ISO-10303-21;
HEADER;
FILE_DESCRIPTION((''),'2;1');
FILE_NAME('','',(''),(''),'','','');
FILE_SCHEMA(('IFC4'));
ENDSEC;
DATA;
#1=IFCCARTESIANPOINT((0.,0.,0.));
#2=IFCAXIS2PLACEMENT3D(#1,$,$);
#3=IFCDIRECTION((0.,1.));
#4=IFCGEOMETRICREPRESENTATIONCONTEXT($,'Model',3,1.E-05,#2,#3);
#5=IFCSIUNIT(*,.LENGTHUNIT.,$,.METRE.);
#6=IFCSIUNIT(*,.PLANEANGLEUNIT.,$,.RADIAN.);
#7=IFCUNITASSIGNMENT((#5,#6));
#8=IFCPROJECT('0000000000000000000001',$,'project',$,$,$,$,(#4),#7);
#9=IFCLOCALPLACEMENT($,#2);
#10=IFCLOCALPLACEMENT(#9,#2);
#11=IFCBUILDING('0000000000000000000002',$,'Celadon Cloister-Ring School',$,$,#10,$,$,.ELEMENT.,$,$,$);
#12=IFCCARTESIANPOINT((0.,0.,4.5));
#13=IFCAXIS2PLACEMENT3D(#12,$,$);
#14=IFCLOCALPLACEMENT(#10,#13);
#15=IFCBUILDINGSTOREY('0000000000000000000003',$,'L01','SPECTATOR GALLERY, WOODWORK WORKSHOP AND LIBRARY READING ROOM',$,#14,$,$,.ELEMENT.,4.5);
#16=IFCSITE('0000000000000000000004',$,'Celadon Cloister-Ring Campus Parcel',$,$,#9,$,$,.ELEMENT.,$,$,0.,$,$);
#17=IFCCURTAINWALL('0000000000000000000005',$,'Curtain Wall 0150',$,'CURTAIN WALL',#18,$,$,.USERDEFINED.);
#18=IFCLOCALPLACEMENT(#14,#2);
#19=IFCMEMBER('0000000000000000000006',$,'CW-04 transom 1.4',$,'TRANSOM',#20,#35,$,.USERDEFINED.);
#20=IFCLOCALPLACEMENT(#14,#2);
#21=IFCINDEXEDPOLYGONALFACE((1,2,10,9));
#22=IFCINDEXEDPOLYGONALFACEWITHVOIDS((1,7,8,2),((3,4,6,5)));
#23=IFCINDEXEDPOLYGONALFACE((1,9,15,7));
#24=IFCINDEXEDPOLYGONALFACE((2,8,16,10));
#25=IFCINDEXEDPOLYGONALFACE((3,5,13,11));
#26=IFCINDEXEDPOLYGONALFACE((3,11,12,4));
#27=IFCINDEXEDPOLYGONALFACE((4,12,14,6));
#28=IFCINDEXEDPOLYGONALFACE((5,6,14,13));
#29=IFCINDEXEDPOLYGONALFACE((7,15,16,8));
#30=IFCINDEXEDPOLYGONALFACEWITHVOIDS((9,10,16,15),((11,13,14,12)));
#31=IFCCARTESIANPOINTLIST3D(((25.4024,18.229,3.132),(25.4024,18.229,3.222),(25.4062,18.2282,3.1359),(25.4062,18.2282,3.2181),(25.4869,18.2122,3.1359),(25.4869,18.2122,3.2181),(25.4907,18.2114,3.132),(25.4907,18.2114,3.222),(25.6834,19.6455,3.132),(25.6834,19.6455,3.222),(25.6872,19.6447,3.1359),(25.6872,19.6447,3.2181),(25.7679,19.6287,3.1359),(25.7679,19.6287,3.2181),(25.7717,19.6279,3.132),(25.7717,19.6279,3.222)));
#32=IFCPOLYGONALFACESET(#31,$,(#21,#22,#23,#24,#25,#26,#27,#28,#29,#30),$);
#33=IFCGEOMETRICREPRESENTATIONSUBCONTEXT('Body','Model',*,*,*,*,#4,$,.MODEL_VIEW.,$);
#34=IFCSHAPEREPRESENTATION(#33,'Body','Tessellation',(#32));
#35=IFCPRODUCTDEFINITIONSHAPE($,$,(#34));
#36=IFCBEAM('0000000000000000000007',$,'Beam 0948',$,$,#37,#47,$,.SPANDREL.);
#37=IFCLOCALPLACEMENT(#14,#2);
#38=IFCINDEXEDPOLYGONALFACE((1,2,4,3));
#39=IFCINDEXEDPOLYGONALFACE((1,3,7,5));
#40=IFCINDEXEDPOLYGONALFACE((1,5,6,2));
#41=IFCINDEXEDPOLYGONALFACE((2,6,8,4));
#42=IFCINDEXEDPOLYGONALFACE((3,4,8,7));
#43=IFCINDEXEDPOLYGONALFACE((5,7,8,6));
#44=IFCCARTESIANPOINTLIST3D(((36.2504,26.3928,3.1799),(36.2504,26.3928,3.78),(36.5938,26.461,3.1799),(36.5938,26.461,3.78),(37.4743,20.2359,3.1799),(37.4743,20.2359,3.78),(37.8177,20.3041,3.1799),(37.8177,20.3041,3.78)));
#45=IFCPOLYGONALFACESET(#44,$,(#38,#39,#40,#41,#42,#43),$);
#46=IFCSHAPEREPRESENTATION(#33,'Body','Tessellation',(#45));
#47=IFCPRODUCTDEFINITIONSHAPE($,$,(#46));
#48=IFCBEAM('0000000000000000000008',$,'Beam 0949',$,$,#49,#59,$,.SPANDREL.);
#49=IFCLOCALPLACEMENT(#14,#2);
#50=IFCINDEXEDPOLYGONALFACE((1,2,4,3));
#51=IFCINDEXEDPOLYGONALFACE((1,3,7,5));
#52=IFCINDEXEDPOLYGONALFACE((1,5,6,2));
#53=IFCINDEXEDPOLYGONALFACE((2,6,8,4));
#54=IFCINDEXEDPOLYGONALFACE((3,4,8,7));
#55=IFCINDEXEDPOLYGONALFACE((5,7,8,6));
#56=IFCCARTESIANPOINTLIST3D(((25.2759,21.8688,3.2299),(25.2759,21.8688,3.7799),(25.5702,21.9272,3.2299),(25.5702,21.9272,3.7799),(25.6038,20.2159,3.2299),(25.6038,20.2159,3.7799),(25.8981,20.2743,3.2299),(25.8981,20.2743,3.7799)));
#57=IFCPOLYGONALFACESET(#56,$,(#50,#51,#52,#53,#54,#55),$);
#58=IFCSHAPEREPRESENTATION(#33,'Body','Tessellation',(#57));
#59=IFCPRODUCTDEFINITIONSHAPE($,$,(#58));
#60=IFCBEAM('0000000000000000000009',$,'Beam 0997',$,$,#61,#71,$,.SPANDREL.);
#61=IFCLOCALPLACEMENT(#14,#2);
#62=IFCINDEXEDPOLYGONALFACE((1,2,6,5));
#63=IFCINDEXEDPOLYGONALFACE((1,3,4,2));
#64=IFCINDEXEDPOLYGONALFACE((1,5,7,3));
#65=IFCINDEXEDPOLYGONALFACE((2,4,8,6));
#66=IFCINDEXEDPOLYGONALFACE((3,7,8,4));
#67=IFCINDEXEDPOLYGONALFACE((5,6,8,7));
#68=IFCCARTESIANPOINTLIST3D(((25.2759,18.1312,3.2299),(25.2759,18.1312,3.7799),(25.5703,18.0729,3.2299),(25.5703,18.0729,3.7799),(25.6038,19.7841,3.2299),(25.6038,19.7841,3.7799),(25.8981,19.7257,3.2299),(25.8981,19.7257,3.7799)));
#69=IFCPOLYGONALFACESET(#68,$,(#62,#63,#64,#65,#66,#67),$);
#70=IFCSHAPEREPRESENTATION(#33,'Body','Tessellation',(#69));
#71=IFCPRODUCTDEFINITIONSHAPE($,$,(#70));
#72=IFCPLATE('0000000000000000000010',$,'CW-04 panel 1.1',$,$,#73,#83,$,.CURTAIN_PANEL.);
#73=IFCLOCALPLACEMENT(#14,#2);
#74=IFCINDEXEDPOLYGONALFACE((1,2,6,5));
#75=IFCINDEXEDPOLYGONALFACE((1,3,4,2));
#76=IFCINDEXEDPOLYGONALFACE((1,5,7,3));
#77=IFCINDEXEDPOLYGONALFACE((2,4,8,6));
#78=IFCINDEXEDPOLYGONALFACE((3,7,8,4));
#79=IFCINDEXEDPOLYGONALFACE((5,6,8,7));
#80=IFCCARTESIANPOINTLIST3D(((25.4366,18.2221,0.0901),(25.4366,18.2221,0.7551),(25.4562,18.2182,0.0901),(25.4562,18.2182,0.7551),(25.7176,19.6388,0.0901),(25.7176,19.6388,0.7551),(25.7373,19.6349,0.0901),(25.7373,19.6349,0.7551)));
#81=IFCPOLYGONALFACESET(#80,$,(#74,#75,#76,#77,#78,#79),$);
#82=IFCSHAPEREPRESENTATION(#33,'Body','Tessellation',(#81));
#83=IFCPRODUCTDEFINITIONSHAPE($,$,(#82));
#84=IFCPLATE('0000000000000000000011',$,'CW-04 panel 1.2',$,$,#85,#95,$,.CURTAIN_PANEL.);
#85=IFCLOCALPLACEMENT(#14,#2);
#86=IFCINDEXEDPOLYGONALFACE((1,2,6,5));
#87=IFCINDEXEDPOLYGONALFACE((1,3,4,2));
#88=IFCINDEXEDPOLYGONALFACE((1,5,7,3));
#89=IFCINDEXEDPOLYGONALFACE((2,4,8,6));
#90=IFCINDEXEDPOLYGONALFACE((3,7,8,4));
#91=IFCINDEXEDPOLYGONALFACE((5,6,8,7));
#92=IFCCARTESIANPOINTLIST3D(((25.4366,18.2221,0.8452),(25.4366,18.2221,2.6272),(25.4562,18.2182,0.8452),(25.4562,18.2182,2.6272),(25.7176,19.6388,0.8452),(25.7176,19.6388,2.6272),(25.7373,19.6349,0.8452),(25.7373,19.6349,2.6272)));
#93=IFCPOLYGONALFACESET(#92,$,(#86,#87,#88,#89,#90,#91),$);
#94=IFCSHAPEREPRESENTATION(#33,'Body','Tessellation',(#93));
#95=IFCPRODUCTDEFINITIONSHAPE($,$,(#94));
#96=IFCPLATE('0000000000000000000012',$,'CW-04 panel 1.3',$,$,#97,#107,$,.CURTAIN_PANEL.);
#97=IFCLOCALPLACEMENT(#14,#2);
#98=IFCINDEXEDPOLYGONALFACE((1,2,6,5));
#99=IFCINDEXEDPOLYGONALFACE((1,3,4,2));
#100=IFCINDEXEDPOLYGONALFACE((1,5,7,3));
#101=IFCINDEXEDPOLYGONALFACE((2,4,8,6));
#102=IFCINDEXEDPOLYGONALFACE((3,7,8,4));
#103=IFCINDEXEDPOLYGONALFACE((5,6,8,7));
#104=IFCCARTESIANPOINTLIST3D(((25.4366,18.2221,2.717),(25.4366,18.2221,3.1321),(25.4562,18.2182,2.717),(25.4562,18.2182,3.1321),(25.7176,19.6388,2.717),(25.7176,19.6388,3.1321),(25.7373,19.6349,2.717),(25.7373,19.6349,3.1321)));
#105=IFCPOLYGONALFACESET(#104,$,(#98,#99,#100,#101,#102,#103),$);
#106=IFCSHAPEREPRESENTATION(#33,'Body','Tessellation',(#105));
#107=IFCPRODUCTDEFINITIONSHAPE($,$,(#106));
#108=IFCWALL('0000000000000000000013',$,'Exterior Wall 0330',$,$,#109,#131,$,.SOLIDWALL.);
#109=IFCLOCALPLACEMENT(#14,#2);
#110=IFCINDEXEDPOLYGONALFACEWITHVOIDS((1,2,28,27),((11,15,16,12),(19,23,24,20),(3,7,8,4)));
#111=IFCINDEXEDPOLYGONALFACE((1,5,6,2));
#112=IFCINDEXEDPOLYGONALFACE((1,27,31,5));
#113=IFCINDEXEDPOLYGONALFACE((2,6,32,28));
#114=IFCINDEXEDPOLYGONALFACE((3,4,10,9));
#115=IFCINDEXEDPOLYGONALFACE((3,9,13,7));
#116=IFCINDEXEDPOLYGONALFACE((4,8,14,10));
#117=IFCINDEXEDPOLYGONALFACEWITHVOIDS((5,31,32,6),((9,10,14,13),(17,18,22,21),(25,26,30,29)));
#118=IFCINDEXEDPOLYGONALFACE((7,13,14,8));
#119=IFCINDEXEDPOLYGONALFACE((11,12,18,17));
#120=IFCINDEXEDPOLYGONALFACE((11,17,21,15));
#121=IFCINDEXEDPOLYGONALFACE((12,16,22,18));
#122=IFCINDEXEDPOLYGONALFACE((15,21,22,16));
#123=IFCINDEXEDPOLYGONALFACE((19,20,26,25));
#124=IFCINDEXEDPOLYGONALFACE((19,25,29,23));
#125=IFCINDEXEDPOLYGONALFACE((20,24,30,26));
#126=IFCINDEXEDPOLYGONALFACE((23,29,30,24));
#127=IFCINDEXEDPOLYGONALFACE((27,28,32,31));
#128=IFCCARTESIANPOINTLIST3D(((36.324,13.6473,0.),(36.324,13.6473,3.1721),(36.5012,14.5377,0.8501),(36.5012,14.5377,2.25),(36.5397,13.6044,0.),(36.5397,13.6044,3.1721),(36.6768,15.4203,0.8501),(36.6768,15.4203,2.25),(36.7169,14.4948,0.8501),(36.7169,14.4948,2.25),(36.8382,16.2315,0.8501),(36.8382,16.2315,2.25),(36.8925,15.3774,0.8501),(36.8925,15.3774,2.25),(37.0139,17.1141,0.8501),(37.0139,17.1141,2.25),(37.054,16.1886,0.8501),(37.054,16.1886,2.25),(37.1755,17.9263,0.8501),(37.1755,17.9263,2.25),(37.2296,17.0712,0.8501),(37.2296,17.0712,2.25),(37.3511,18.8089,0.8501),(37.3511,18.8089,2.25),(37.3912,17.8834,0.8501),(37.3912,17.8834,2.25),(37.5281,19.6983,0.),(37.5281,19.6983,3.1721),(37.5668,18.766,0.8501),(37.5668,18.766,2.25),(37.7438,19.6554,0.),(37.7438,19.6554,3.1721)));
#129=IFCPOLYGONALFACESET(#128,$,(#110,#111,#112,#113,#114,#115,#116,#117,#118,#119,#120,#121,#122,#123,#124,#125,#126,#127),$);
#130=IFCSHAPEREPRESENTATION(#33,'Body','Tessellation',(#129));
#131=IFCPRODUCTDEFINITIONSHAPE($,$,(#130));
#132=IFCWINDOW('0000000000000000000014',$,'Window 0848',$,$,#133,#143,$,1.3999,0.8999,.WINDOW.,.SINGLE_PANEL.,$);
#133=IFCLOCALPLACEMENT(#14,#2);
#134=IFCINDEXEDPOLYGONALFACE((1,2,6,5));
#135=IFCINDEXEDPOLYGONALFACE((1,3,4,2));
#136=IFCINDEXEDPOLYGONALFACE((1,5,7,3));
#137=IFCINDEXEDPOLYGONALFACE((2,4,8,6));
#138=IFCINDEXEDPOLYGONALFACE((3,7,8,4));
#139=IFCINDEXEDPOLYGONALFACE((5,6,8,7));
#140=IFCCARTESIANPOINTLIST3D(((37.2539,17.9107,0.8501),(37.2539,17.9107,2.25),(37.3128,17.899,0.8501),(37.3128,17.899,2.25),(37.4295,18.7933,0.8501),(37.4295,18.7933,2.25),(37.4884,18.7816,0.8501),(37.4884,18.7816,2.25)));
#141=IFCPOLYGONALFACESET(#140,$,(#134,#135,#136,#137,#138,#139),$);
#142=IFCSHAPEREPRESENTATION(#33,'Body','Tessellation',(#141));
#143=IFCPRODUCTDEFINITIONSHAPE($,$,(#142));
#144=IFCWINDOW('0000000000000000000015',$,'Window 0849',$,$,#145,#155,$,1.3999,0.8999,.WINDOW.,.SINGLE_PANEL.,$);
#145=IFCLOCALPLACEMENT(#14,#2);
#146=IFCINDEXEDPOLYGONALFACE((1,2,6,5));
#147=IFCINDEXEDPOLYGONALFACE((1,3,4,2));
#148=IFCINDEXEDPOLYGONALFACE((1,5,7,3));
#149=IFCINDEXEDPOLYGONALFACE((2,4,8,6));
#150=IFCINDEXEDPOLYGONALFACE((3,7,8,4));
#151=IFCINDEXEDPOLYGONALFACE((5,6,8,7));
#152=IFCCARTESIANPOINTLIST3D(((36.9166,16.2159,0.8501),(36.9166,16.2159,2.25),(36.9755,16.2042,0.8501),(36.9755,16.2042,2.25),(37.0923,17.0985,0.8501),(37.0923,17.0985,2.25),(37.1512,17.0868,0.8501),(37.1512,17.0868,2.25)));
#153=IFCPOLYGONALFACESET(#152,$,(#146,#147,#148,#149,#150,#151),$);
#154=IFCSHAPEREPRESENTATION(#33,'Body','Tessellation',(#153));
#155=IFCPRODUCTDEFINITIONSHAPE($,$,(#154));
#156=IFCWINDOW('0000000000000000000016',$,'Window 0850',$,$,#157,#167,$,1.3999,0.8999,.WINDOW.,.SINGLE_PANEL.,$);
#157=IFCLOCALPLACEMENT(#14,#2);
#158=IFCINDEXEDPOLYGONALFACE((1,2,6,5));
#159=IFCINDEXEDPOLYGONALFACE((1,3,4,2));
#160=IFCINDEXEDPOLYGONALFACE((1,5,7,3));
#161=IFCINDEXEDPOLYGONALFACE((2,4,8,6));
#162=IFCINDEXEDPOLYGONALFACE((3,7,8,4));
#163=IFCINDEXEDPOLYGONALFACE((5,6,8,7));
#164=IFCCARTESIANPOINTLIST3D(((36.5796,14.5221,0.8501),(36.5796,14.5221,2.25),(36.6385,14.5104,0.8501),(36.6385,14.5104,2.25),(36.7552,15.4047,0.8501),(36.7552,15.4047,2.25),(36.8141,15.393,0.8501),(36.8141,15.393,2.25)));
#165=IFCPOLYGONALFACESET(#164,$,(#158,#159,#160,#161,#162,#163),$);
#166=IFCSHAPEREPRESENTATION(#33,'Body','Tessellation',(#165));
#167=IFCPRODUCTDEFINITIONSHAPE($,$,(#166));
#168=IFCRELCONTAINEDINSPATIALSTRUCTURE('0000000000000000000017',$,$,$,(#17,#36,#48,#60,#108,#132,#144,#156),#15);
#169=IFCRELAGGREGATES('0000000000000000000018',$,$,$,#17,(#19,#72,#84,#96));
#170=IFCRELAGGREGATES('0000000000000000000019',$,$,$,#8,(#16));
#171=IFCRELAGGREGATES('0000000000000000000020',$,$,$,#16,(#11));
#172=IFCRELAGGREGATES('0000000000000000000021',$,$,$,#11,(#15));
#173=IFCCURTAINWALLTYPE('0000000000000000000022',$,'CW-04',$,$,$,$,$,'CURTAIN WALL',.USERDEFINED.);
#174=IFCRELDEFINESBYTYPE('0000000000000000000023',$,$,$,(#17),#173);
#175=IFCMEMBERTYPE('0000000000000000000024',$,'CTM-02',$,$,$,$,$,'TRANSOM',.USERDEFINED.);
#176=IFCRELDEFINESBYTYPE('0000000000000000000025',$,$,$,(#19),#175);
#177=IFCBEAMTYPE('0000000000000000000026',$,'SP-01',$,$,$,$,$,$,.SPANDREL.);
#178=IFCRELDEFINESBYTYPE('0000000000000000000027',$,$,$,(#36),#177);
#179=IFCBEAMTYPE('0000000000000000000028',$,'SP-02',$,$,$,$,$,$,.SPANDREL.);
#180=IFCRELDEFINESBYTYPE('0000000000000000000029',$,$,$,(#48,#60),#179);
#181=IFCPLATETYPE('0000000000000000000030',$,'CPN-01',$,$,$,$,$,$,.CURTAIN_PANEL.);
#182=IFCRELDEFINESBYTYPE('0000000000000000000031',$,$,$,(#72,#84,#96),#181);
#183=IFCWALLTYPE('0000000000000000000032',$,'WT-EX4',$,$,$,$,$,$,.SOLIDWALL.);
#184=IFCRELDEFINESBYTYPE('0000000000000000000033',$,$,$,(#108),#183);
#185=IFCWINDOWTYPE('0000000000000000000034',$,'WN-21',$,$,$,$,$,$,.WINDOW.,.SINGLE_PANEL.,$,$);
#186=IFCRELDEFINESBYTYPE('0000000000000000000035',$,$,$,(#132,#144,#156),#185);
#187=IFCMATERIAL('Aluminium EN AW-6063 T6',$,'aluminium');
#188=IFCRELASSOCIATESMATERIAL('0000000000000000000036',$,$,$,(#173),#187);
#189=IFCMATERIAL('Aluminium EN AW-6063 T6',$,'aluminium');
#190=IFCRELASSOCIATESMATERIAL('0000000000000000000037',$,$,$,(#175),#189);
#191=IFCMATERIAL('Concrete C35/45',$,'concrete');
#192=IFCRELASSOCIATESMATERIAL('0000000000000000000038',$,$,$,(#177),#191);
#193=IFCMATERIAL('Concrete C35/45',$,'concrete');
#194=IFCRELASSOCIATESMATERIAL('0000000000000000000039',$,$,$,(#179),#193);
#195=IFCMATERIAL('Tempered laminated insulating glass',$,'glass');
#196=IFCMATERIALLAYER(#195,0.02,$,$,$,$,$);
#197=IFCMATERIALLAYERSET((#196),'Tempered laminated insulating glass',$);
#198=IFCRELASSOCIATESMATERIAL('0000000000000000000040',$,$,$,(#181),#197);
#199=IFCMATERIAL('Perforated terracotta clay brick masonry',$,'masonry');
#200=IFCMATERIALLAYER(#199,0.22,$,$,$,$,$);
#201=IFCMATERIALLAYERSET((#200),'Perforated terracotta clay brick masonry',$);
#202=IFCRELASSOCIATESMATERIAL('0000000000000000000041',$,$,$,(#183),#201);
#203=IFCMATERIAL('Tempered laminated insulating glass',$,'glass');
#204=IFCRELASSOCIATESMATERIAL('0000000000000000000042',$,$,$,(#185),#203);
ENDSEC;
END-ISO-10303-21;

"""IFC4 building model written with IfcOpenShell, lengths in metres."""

from ifc_helpers import new_model, si_unit, direction, frame, frame_2d, origin, origin_2d, place, context, subcontext, project, spatial, rectangle, hollow_rectangle, extrude, material, layer, layer_set, material_profile, profile_set, type_object, element, fill, aggregate, save


model = new_model("IFC4")

# Units and contexts
model_context = context("Model", 3, precision=1e-05, world=origin(), true_north=direction((0.0, 1.0)))
body_context = subcontext(model_context, "Body", "Model", "MODEL_VIEW")
ifc_project = project(units=[si_unit("LENGTHUNIT", "METRE"), si_unit("PLANEANGLEUNIT", "RADIAN")], contexts=[model_context])

# Site, building, storey
site_placement = place(None, origin())
site = spatial("IfcSite", under=ifc_project, at=site_placement, Name="Celadon Cloister-Ring Campus Parcel", CompositionType="ELEMENT", RefElevation=0.0)
building_placement = place(site_placement, origin())
building = spatial("IfcBuilding", under=site, at=building_placement, Name="Celadon Cloister-Ring School", CompositionType="ELEMENT")
storey_placement = place(building_placement, frame((0.0, 0.0, 4.5)))
storey = spatial("IfcBuildingStorey", under=building, at=storey_placement, Name="L01", Description="SPECTATOR GALLERY, WOODWORK WORKSHOP AND LIBRARY READING ROOM", CompositionType="ELEMENT", Elevation=4.5)

# Curtain wall, member
ifc_material_1 = material(Name="Aluminium EN AW-6063 T6", Category="aluminium")
curtain_wall_type = type_object("IfcCurtainWallType", Name="CW-04", ElementType="CURTAIN WALL", PredefinedType="USERDEFINED", material=ifc_material_1)
curtain_wall_placement = place(storey_placement, origin())
curtain_wall = element("IfcCurtainWall", 1, at=curtain_wall_placement, inside=storey, type_object=curtain_wall_type, Name="Curtain Wall 0150", ObjectType="CURTAIN WALL", PredefinedType="USERDEFINED")
ifc_material_2 = material(Name="Aluminium EN AW-6063 T6", Category="aluminium")
ifc_material_profile_1 = material_profile(ifc_material_2, hollow_rectangle(XDim=0.0901, YDim=0.0901, WallThickness=0.0039, at=origin_2d()), Name="RHS90X90X4")
ifc_profile_set_1 = profile_set([ifc_material_profile_1], Name="Aluminium EN AW-6063 T6")
member_type_1 = type_object("IfcMemberType", Name="CTM-02", ElementType="TRANSOM", PredefinedType="USERDEFINED", material=ifc_profile_set_1)
member_1_placement = place(storey_placement, frame((25.4465, 18.2202, 3.177), z_axis=(0.194588, 0.980885, 0.0), x_axis=(-0.980885, 0.194588, 0.0)))
member_1 = element("IfcMember", 2, at=member_1_placement, type_object=member_type_1, Name="CW-04 transom 1.4", ObjectType="TRANSOM", PredefinedType="USERDEFINED", context=body_context, shape_type="SweptSolid", body=[
    extrude(hollow_rectangle(XDim=0.0901, YDim=0.0901, WallThickness=0.0039, at=origin_2d()), origin(), (0.0, 0.0, 1.0), 1.4441),
])

# Beams
ifc_material_3 = material(Name="Concrete C35/45", Category="concrete")
ifc_material_profile_2 = material_profile(ifc_material_3, rectangle(XDim=0.3501, YDim=0.6001, at=origin_2d()), Name="RC350X600")
ifc_profile_set_2 = profile_set([ifc_material_profile_2], Name="Concrete C35/45")
beam_type_1 = type_object("IfcBeamType", Name="SP-01", PredefinedType="SPANDREL", material=ifc_profile_set_2)
beam_1_placement = place(storey_placement, frame((37.646, 20.27, 3.48), z_axis=(-0.194964, 0.98081, 0.0), x_axis=(-0.98081, -0.194964, 0.0)))
element("IfcBeam", 3, at=beam_1_placement, inside=storey, type_object=beam_type_1, Name="Beam 0948", PredefinedType="SPANDREL", context=body_context, shape_type="SweptSolid", body=[
    extrude(rectangle(XDim=0.3501, YDim=0.6001, at=origin_2d()), origin(), (0.0, 0.0, 1.0), 6.2773),
])
ifc_material_4 = material(Name="Concrete C35/45", Category="concrete")
ifc_material_profile_3 = material_profile(ifc_material_4, rectangle(XDim=0.3, YDim=0.55, at=origin_2d()), Name="RC300X550")
ifc_profile_set_3 = profile_set([ifc_material_profile_3], Name="Concrete C35/45")
beam_type_2 = type_object("IfcBeamType", Name="SP-02", PredefinedType="SPANDREL", material=ifc_profile_set_3)
for number, where, z_axis, x_axis, name in (
    (4, (25.751, 20.2451, 3.5049), (-0.194583, 0.980886, 0.0), (-0.980886, -0.194583, 0.0), "Beam 0949"),
    (5, (25.4231, 18.1021, 3.5049), (0.194583, 0.980886, 0.0), (-0.980886, 0.194583, 0.0), "Beam 0997"),
):
    element("IfcBeam", number, at=place(storey_placement, frame(where, z_axis=z_axis, x_axis=x_axis)), inside=storey, type_object=beam_type_2, Name=name, PredefinedType="SPANDREL", context=body_context, shape_type="SweptSolid", body=[
        extrude(rectangle(XDim=0.3, YDim=0.55, at=origin_2d()), origin(), (0.0, 0.0, 1.0), 1.6851),
    ])

# Plates
ifc_material_5 = material(Name="Tempered laminated insulating glass", Category="glass")
ifc_layer_1 = layer(ifc_material_5, 0.02)
ifc_layer_set_1 = layer_set([ifc_layer_1], Name="Tempered laminated insulating glass")
plate_type = type_object("IfcPlateType", Name="CPN-01", PredefinedType="CURTAIN_PANEL", material=ifc_layer_set_1)
plate_1_placement = place(storey_placement, frame((25.5869, 18.9285, 0.0901), z_axis=(0.0, 0.0, 1.0), x_axis=(0.194586, 0.980885, 0.0)))
plate_1 = element("IfcPlate", 6, at=plate_1_placement, type_object=plate_type, Name="CW-04 panel 1.1", PredefinedType="CURTAIN_PANEL", context=body_context, shape_type="SweptSolid", body=[
    extrude(rectangle(XDim=1.4443, YDim=0.02, at=origin_2d()), origin(), (0.0, 0.0, 1.0), 0.665),
])
plate_2_placement = place(storey_placement, frame((25.5869, 18.9285, 0.8452), z_axis=(0.0, 0.0, 1.0), x_axis=(0.194586, 0.980885, 0.0)))
plate_2 = element("IfcPlate", 7, at=plate_2_placement, type_object=plate_type, Name="CW-04 panel 1.2", PredefinedType="CURTAIN_PANEL", context=body_context, shape_type="SweptSolid", body=[
    extrude(rectangle(XDim=1.4443, YDim=0.02, at=origin_2d()), origin(), (0.0, 0.0, 1.0), 1.782),
])
plate_3_placement = place(storey_placement, frame((25.5869, 18.9285, 2.717), z_axis=(0.0, 0.0, 1.0), x_axis=(0.194586, 0.980885, 0.0)))
plate_3 = element("IfcPlate", 8, at=plate_3_placement, type_object=plate_type, Name="CW-04 panel 1.3", PredefinedType="CURTAIN_PANEL", context=body_context, shape_type="SweptSolid", body=[
    extrude(rectangle(XDim=1.4443, YDim=0.02, at=origin_2d()), origin(), (0.0, 0.0, 1.0), 0.415),
])
aggregate(curtain_wall, [member_1, plate_1, plate_2, plate_3])

# Wall, openings, windows
ifc_material_6 = material(Name="Perforated terracotta clay brick masonry", Category="masonry")
ifc_layer_2 = layer(ifc_material_6, 0.22)
ifc_layer_set_2 = layer_set([ifc_layer_2], Name="Perforated terracotta clay brick masonry")
wall_type_1 = type_object("IfcWallType", Name="WT-EX4", PredefinedType="SOLIDWALL", material=ifc_layer_set_2)
wall_1_placement = place(storey_placement, frame((37.636, 19.677, 0.0), z_axis=(0.0, 0.0, 1.0), x_axis=(-0.195165, -0.98077, 0.0)))
wall_1 = element("IfcWall", 9, at=wall_1_placement, inside=storey, type_object=wall_type_1, Name="Exterior Wall 0330", PredefinedType="SOLIDWALL", context=body_context, shape_type="SweptSolid", body=[
    extrude(rectangle(XDim=6.1697, YDim=0.22, at=frame_2d((3.085, 0.0))), origin(), (0.0, 0.0, 1.0), 3.1721),
])
opening_1_placement = place(wall_1_placement, frame((0.907, 0.0, 0.8501)))
opening_1 = element("IfcOpeningElement", 10, at=opening_1_placement, cuts=wall_1, PredefinedType="OPENING", context=body_context, shape_type="SweptSolid", body=[
    extrude(rectangle(XDim=0.8999, YDim=1.3999, at=frame_2d((0.45, 0.7))), frame((0.0, 0.1201, 0.0), z_axis=(0.0, -1.0, 0.0), x_axis=(1.0, 0.0, 0.0)), (0.0, 0.0, 1.0), 0.24),
])
opening_2_placement = place(wall_1_placement, frame((2.635, 0.0, 0.8501)))
opening_2 = element("IfcOpeningElement", 11, at=opening_2_placement, cuts=wall_1, PredefinedType="OPENING", context=body_context, shape_type="SweptSolid", body=[
    extrude(rectangle(XDim=0.8999, YDim=1.3999, at=frame_2d((0.45, 0.7))), frame((0.0, 0.1201, 0.0), z_axis=(0.0, -1.0, 0.0), x_axis=(1.0, 0.0, 0.0)), (0.0, 0.0, 1.0), 0.24),
])
opening_3_placement = place(wall_1_placement, frame((4.3621, 0.0, 0.8501)))
opening_3 = element("IfcOpeningElement", 12, at=opening_3_placement, cuts=wall_1, PredefinedType="OPENING", context=body_context, shape_type="SweptSolid", body=[
    extrude(rectangle(XDim=0.8999, YDim=1.3999, at=frame_2d((0.45, 0.7))), frame((0.0, 0.1201, 0.0), z_axis=(0.0, -1.0, 0.0), x_axis=(1.0, 0.0, 0.0)), (0.0, 0.0, 1.0), 0.24),
])
ifc_material_7 = material(Name="Tempered laminated insulating glass", Category="glass")
window_type = type_object("IfcWindowType", Name="WN-21", PartitioningType="SINGLE_PANEL", PredefinedType="WINDOW", material=ifc_material_7)
window_1_placement = place(opening_1_placement, origin())
window_1 = element("IfcWindow", 13, at=window_1_placement, inside=storey, type_object=window_type, Name="Window 0848", OverallHeight=1.3999, OverallWidth=0.8999, PartitioningType="SINGLE_PANEL", PredefinedType="WINDOW", context=body_context, shape_type="SweptSolid", body=[
    extrude(rectangle(XDim=0.8999, YDim=1.3999, at=frame_2d((0.45, 0.7))), frame((0.0, 0.03, 0.0), z_axis=(0.0, -1.0, 0.0), x_axis=(1.0, 0.0, 0.0)), (0.0, 0.0, 1.0), 0.0601),
])
fill(opening_1, window_1)
window_2_placement = place(opening_2_placement, origin())
window_2 = element("IfcWindow", 14, at=window_2_placement, inside=storey, type_object=window_type, Name="Window 0849", OverallHeight=1.3999, OverallWidth=0.8999, PartitioningType="SINGLE_PANEL", PredefinedType="WINDOW", context=body_context, shape_type="SweptSolid", body=[
    extrude(rectangle(XDim=0.8999, YDim=1.3999, at=frame_2d((0.45, 0.7))), frame((0.0, 0.03, 0.0), z_axis=(0.0, -1.0, 0.0), x_axis=(1.0, 0.0, 0.0)), (0.0, 0.0, 1.0), 0.0601),
])
fill(opening_2, window_2)
window_3_placement = place(opening_3_placement, origin())
window_3 = element("IfcWindow", 15, at=window_3_placement, inside=storey, type_object=window_type, Name="Window 0850", OverallHeight=1.3999, OverallWidth=0.8999, PartitioningType="SINGLE_PANEL", PredefinedType="WINDOW", context=body_context, shape_type="SweptSolid", body=[
    extrude(rectangle(XDim=0.8999, YDim=1.3999, at=frame_2d((0.45, 0.7))), frame((0.0, 0.03, 0.0), z_axis=(0.0, -1.0, 0.0), x_axis=(1.0, 0.0, 0.0)), (0.0, 0.0, 1.0), 0.0601),
])
fill(opening_3, window_3)

save(model, "model.ifc")
